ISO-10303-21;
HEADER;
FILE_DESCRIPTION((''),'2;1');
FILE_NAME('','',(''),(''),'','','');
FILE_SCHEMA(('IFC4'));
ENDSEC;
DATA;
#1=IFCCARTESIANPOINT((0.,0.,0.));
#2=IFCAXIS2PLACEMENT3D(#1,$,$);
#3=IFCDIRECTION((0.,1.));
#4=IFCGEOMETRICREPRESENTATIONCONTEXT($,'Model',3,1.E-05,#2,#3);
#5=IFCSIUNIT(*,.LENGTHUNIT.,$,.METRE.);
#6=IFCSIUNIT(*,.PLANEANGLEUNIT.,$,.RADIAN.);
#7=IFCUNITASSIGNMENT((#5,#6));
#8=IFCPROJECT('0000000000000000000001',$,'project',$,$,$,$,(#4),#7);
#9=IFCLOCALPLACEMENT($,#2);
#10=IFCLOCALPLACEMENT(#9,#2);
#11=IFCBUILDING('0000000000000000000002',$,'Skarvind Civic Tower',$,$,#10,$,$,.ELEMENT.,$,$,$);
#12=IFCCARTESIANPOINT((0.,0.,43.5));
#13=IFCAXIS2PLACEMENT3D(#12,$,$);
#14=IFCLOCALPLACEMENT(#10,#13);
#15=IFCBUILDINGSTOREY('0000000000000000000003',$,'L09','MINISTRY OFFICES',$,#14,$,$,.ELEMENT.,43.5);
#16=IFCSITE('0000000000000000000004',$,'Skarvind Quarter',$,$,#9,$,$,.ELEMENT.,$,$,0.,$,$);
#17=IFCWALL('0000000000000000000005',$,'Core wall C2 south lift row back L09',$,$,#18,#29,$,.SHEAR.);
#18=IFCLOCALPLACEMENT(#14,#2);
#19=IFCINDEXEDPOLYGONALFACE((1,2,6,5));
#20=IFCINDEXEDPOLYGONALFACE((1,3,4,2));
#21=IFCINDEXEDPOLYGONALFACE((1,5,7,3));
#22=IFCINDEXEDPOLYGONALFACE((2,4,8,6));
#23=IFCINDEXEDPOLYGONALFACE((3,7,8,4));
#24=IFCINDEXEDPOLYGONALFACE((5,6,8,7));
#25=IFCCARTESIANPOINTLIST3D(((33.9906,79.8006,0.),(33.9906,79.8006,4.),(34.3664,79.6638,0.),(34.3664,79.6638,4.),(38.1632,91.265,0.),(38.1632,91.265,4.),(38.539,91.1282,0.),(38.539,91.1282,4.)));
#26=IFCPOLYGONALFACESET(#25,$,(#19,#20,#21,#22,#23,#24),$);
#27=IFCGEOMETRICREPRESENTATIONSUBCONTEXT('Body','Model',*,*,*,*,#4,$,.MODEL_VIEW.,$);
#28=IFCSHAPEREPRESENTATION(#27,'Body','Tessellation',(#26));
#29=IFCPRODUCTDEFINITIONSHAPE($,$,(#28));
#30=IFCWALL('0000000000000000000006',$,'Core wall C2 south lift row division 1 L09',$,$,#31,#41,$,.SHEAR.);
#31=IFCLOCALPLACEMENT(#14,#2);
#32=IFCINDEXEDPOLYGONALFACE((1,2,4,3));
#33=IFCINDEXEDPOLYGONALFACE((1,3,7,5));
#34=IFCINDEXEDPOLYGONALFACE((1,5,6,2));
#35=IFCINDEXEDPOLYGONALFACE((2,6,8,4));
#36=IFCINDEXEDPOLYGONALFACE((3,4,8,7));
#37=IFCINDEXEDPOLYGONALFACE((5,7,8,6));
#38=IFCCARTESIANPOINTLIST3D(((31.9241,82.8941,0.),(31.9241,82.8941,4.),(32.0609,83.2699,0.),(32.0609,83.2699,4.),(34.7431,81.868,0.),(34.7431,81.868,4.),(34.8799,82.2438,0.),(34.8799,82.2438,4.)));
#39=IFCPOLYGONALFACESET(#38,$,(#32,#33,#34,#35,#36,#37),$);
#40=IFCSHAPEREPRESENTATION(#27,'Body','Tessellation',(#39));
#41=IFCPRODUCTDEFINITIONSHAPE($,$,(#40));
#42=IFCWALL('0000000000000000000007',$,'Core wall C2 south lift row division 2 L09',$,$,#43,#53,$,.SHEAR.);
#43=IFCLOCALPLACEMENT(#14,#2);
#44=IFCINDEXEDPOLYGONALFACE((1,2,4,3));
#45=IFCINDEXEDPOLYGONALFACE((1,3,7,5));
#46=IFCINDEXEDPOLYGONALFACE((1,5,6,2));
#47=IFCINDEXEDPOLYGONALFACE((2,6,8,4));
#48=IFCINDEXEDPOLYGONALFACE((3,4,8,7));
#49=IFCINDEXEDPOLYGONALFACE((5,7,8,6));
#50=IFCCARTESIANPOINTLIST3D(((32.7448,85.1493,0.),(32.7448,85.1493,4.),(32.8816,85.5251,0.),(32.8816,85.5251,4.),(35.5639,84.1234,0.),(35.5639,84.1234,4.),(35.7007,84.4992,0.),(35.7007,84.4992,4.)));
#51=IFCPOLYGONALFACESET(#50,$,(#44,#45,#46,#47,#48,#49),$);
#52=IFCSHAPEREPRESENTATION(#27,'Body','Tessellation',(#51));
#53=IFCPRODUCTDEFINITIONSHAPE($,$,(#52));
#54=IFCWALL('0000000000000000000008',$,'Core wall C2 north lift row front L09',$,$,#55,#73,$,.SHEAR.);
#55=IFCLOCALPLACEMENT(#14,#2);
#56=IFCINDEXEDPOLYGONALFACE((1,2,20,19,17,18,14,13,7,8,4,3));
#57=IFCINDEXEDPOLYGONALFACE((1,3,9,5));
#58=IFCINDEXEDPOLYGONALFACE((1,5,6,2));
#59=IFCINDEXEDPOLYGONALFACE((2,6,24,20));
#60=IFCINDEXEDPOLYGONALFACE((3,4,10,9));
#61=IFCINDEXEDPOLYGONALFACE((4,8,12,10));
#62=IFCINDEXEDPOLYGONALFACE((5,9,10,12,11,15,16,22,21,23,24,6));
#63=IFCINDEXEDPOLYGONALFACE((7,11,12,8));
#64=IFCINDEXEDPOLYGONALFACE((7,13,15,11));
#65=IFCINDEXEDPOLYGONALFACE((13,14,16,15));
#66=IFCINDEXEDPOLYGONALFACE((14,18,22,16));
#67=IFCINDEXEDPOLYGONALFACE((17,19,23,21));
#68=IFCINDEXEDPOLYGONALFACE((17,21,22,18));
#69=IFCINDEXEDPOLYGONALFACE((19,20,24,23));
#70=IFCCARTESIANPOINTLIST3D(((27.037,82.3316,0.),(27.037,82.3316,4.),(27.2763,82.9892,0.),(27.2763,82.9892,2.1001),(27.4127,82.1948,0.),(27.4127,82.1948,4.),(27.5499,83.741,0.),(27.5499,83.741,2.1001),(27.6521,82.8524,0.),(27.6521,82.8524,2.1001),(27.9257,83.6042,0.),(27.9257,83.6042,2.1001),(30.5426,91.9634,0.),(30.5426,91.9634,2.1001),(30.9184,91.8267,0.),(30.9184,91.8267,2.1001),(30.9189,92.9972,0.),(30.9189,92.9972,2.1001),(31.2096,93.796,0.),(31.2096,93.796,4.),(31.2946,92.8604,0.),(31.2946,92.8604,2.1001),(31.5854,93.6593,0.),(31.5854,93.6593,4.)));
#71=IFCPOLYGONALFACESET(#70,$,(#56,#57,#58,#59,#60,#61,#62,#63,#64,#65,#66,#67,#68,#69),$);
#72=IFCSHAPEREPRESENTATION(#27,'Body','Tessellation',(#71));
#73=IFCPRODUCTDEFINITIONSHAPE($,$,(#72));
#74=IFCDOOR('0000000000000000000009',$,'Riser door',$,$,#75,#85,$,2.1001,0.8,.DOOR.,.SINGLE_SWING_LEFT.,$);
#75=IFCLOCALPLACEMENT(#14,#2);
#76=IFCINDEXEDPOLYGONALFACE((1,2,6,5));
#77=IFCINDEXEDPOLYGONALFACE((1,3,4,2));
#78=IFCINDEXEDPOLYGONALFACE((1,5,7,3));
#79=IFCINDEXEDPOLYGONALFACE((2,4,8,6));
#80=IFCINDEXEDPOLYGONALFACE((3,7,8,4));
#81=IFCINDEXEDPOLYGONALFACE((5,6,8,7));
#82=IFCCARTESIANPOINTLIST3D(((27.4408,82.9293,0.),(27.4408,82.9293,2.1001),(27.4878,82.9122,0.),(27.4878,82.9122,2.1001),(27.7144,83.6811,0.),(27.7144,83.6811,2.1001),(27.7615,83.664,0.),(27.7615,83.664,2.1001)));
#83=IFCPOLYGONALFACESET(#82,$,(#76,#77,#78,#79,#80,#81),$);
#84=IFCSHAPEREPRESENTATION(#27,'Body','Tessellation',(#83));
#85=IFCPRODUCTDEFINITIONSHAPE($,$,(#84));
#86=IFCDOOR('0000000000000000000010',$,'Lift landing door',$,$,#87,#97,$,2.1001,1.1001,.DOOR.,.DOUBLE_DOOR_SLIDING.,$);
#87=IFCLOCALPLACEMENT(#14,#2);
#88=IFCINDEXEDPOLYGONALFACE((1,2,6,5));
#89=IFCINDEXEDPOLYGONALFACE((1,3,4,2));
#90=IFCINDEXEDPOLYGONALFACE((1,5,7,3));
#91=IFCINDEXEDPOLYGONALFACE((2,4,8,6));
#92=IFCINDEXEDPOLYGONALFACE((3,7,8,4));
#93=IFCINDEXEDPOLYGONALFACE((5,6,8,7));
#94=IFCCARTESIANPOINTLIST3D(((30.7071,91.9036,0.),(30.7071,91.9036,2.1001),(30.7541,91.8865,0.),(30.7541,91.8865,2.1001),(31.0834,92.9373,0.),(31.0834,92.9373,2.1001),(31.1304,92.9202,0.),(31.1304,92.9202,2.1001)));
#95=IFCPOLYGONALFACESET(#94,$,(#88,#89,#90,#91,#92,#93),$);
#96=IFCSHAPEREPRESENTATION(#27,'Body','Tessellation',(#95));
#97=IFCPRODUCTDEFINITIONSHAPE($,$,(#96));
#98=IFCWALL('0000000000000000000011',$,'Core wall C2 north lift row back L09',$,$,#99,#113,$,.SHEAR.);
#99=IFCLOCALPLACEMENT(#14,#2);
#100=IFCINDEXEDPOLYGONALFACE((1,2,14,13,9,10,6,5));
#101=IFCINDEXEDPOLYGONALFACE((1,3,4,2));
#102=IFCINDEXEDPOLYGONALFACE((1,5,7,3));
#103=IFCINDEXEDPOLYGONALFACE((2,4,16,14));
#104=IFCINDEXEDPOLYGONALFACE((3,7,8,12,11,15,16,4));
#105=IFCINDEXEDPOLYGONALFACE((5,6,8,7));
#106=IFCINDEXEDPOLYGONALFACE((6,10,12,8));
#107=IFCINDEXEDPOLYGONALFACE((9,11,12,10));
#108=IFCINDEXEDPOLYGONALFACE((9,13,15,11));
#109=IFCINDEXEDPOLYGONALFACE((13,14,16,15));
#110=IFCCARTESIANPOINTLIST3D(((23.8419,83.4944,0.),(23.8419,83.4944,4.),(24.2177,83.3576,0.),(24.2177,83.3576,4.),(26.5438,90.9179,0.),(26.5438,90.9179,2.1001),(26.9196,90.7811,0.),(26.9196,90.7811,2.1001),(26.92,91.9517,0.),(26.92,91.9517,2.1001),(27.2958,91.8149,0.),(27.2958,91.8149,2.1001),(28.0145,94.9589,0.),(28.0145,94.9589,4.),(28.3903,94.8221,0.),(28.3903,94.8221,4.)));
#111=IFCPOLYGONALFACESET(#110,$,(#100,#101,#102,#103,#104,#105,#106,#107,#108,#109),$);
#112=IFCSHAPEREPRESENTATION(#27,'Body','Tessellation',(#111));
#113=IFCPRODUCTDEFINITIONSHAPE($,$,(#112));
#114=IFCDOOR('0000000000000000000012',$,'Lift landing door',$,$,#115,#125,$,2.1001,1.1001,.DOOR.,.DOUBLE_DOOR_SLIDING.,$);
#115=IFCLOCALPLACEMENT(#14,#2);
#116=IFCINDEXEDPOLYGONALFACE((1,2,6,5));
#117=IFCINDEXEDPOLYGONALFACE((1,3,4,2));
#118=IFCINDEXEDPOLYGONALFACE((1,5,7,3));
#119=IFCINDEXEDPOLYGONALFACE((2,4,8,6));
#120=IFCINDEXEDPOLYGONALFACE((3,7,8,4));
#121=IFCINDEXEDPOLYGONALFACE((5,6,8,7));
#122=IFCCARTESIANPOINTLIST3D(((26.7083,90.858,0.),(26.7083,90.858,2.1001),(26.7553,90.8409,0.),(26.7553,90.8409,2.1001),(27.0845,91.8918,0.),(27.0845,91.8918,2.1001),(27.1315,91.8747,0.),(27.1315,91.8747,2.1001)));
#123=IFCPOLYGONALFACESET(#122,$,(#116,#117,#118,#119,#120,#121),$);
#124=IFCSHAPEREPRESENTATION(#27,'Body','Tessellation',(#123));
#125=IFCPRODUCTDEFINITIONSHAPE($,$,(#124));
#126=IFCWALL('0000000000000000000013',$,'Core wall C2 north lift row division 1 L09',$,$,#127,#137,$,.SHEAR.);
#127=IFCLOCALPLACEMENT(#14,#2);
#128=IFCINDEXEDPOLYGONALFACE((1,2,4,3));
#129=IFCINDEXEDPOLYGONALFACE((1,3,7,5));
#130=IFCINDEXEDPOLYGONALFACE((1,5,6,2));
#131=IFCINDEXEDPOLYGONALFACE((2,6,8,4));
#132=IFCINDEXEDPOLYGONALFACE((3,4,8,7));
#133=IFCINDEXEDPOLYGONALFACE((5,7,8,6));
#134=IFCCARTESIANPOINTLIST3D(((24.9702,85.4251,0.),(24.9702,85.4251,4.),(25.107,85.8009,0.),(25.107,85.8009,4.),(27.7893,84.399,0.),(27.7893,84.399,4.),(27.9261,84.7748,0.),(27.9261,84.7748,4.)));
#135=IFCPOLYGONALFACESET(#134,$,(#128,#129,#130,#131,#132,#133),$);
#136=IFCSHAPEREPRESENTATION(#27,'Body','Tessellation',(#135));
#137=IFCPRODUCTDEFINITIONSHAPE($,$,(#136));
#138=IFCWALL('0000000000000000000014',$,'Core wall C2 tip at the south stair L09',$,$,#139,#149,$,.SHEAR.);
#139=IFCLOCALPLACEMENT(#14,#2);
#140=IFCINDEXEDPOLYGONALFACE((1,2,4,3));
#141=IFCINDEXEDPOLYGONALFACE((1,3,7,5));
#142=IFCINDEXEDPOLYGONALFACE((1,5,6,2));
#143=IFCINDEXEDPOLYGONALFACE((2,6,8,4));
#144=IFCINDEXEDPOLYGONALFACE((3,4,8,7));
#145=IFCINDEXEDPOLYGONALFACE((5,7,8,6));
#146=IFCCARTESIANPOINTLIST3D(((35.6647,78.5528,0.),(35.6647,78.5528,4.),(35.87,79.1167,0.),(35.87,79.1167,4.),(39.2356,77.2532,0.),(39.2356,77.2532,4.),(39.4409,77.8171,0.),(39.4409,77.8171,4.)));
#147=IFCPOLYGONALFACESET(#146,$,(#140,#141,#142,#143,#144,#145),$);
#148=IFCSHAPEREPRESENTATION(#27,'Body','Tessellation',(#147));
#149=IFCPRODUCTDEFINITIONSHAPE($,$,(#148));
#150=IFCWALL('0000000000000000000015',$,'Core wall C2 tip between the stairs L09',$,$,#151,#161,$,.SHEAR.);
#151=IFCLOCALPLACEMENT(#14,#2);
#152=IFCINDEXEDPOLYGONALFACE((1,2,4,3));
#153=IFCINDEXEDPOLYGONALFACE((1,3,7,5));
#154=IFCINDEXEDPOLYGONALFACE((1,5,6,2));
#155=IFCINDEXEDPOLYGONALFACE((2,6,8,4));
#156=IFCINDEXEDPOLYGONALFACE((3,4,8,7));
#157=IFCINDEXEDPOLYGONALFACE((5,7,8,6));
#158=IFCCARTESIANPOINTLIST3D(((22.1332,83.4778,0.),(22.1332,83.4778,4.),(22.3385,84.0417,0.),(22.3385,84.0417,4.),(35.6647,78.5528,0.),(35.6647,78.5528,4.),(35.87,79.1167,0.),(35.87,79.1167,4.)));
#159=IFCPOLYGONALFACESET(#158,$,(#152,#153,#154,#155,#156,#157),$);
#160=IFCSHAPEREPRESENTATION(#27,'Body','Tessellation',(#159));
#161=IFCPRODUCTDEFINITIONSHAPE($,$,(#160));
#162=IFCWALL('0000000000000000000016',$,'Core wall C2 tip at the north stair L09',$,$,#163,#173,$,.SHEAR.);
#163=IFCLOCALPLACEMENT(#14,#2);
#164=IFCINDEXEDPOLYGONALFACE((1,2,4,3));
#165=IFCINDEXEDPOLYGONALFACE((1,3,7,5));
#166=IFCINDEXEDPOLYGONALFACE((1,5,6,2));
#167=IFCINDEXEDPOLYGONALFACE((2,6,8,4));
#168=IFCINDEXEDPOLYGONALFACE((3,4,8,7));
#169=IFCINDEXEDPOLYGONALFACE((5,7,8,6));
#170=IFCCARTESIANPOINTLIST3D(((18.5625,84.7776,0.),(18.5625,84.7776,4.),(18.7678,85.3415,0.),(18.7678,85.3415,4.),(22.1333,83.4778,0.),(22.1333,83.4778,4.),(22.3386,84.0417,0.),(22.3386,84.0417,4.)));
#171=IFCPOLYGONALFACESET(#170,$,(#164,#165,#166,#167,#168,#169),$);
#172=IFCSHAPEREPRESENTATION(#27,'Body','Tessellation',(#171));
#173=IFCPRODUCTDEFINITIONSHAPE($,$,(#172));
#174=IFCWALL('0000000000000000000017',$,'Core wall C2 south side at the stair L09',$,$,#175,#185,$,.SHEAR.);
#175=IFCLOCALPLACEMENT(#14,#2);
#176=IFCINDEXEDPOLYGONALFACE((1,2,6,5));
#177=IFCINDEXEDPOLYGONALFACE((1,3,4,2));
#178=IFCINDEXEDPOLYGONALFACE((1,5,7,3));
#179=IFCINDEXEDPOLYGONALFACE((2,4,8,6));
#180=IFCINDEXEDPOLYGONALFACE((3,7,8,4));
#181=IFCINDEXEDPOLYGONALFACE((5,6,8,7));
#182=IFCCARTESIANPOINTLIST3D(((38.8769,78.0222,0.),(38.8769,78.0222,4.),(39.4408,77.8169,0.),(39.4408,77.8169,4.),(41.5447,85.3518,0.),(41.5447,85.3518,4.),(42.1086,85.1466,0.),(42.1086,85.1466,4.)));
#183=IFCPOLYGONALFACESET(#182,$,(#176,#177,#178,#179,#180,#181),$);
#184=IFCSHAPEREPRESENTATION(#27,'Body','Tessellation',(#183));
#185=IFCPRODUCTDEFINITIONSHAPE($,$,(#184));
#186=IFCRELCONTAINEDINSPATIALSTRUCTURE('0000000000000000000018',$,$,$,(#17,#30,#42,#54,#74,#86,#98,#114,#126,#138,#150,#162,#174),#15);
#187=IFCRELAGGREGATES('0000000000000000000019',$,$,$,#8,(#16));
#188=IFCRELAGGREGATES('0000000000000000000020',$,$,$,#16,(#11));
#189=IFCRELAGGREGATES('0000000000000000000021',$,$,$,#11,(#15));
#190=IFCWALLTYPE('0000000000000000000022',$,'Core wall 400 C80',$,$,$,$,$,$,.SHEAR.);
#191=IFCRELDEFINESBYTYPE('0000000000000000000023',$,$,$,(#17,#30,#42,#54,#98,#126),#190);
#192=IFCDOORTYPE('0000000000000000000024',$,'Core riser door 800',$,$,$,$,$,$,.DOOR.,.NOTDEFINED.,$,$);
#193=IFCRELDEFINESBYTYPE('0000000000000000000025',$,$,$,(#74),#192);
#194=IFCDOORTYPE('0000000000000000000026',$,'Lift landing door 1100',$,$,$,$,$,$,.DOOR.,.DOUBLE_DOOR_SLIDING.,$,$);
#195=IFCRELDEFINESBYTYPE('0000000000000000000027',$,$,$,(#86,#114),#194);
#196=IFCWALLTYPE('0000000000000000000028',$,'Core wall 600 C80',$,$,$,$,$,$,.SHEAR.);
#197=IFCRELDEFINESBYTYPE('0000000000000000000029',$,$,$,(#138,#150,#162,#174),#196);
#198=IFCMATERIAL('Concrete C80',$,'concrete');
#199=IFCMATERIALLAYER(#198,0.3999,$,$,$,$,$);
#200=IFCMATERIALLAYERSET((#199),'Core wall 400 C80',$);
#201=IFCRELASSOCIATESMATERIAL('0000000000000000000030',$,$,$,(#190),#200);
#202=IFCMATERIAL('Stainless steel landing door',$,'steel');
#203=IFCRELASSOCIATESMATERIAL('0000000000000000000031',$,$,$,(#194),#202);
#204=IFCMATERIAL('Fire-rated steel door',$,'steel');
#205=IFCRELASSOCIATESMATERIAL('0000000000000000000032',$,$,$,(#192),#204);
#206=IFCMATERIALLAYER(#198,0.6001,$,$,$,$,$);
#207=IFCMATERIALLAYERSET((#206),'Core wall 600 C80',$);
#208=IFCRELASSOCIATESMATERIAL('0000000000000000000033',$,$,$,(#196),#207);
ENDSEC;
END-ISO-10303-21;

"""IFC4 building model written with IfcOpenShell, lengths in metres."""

from ifc_helpers import new_model, si_unit, direction, frame, frame_2d, origin, place, context, subcontext, project, spatial, rectangle, extrude, material, layer, layer_set, type_object, element, fill, save


model = new_model("IFC4")

# Units and contexts
model_context = context("Model", 3, precision=1e-05, world=origin(), true_north=direction((0.0, 1.0)))
body_context = subcontext(model_context, "Body", "Model", "MODEL_VIEW")
ifc_project = project(units=[si_unit("LENGTHUNIT", "METRE"), si_unit("PLANEANGLEUNIT", "RADIAN")], contexts=[model_context])

# Site, building, storey
site_placement = place(None, origin())
site = spatial("IfcSite", under=ifc_project, at=site_placement, Name="Skarvind Quarter", CompositionType="ELEMENT", RefElevation=0.0)
building_placement = place(site_placement, origin())
building = spatial("IfcBuilding", under=site, at=building_placement, Name="Skarvind Civic Tower", CompositionType="ELEMENT")
storey_placement = place(building_placement, frame((0.0, 0.0, 43.5)))
storey = spatial("IfcBuildingStorey", under=building, at=storey_placement, Name="L09", Description="MINISTRY OFFICES", CompositionType="ELEMENT", Elevation=43.5)

# Shared definitions
ifc_material_1 = material(Name="Concrete C80", Category="concrete")
ifc_layer_1 = layer(ifc_material_1, 0.3999)
ifc_layer_set_1 = layer_set([ifc_layer_1], Name="Core wall 400 C80")
wall_type_1 = type_object("IfcWallType", Name="Core wall 400 C80", PredefinedType="SHEAR", material=ifc_layer_set_1)

# Shared definitions
ifc_material_2 = material(Name="Fire-rated steel door", Category="steel")

# Shared definitions
ifc_material_3 = material(Name="Stainless steel landing door", Category="steel")
door_type_1 = type_object("IfcDoorType", Name="Lift landing door 1100", OperationType="DOUBLE_DOOR_SLIDING", PredefinedType="DOOR", material=ifc_material_3)

# Walls
wall_1_placement = place(storey_placement, frame((34.1785, 79.7322, 0.0), z_axis=(0.0, 0.0, 1.0), x_axis=(0.342015, 0.939695, 0.0)))
element("IfcWall", 1, at=wall_1_placement, inside=storey, type_object=wall_type_1, Name="Core wall C2 south lift row back L09", PredefinedType="SHEAR", context=body_context, shape_type="SweptSolid", body=[
    extrude(rectangle(XDim=12.2002, YDim=0.3999, at=frame_2d((6.1001, 0.0))), origin(), (0.0, 0.0, 1.0), 4.0),
])
for number, where, z_axis, x_axis, name in (
    (2, (34.8115, 82.0559, 0.0), (0.0, 0.0, 1.0), (-0.939686, 0.342037, 0.0), "Core wall C2 south lift row division 1 L09"),
    (3, (35.6323, 84.3113, 0.0), (0.0, 0.0, 1.0), (-0.939713, 0.341965, 0.0), "Core wall C2 south lift row division 2 L09"),
):
    element("IfcWall", number, at=place(storey_placement, frame(where, z_axis=z_axis, x_axis=x_axis)), inside=storey, type_object=wall_type_1, Name=name, PredefinedType="SHEAR", context=body_context, shape_type="SweptSolid", body=[
        extrude(rectangle(XDim=3.0, YDim=0.3999, at=frame_2d((1.5, 0.0))), origin(), (0.0, 0.0, 1.0), 4.0),
    ])

# Wall, openings, doors
wall_2_placement = place(storey_placement, frame((27.2249, 82.2632, 0.0), z_axis=(0.0, 0.0, 1.0), x_axis=(0.342015, 0.939695, 0.0)))
wall_2 = element("IfcWall", 4, at=wall_2_placement, inside=storey, type_object=wall_type_1, Name="Core wall C2 north lift row front L09", PredefinedType="SHEAR", context=body_context, shape_type="SweptSolid", body=[
    extrude(rectangle(XDim=12.2002, YDim=0.3999, at=frame_2d((6.1001, 0.0))), origin(), (0.0, 0.0, 1.0), 4.0),
])
opening_1_placement = place(wall_2_placement, frame((10.25, 0.0, 0.0)))
opening_1 = element("IfcOpeningElement", 5, at=opening_1_placement, cuts=wall_2, PredefinedType="OPENING", context=body_context, shape_type="SweptSolid", body=[
    extrude(rectangle(XDim=1.1001, YDim=2.1001, at=frame_2d((0.55, 1.05))), frame((0.0, 0.21, 0.0), z_axis=(0.0, -1.0, 0.0), x_axis=(1.0, 0.0, 0.0)), (0.0, 0.0, 1.0), 0.4199),
])
opening_2_placement = place(wall_2_placement, frame((0.7, 0.0, 0.0)))
opening_2 = element("IfcOpeningElement", 6, at=opening_2_placement, cuts=wall_2, PredefinedType="OPENING", context=body_context, shape_type="SweptSolid", body=[
    extrude(rectangle(XDim=0.8, YDim=2.1001, at=frame_2d((0.3999, 1.05))), frame((0.0, 0.21, 0.0), z_axis=(0.0, -1.0, 0.0), x_axis=(1.0, 0.0, 0.0)), (0.0, 0.0, 1.0), 0.4199),
])
door_type_2 = type_object("IfcDoorType", Name="Core riser door 800", OperationType="NOTDEFINED", PredefinedType="DOOR", material=ifc_material_2)
door_1_placement = place(opening_2_placement, origin())
door_1 = element("IfcDoor", 7, at=door_1_placement, inside=storey, type_object=door_type_2, Name="Riser door", OperationType="SINGLE_SWING_LEFT", OverallHeight=2.1001, OverallWidth=0.8, PredefinedType="DOOR", context=body_context, shape_type="SweptSolid", body=[
    extrude(rectangle(XDim=0.8, YDim=2.1001, at=frame_2d((0.3999, 1.05))), frame((0.0, 0.0249, 0.0), z_axis=(0.0, -1.0, 0.0), x_axis=(1.0, 0.0, 0.0)), (0.0, 0.0, 1.0), 0.05),
])
fill(opening_2, door_1)
door_2_placement = place(opening_1_placement, origin())
door_2 = element("IfcDoor", 8, at=door_2_placement, inside=storey, type_object=door_type_1, Name="Lift landing door", OperationType="DOUBLE_DOOR_SLIDING", OverallHeight=2.1001, OverallWidth=1.1001, PredefinedType="DOOR", context=body_context, shape_type="SweptSolid", body=[
    extrude(rectangle(XDim=1.1001, YDim=2.1001, at=frame_2d((0.55, 1.05))), frame((0.0, 0.0249, 0.0), z_axis=(0.0, -1.0, 0.0), x_axis=(1.0, 0.0, 0.0)), (0.0, 0.0, 1.0), 0.05),
])
fill(opening_1, door_2)

# Wall, opening, door
wall_3_placement = place(storey_placement, frame((24.0298, 83.426, 0.0), z_axis=(0.0, 0.0, 1.0), x_axis=(0.342015, 0.939695, 0.0)))
wall_3 = element("IfcWall", 9, at=wall_3_placement, inside=storey, type_object=wall_type_1, Name="Core wall C2 north lift row back L09", PredefinedType="SHEAR", context=body_context, shape_type="SweptSolid", body=[
    extrude(rectangle(XDim=12.2002, YDim=0.3999, at=frame_2d((6.1001, 0.0))), origin(), (0.0, 0.0, 1.0), 4.0),
])
opening_3_placement = place(wall_3_placement, frame((7.8999, 0.0, 0.0)))
opening_3 = element("IfcOpeningElement", 10, at=opening_3_placement, cuts=wall_3, PredefinedType="OPENING", context=body_context, shape_type="SweptSolid", body=[
    extrude(rectangle(XDim=1.1001, YDim=2.1001, at=frame_2d((0.55, 1.05))), frame((0.0, 0.21, 0.0), z_axis=(0.0, -1.0, 0.0), x_axis=(1.0, 0.0, 0.0)), (0.0, 0.0, 1.0), 0.4199),
])
door_3_placement = place(opening_3_placement, origin())
door_3 = element("IfcDoor", 11, at=door_3_placement, inside=storey, type_object=door_type_1, Name="Lift landing door", OperationType="DOUBLE_DOOR_SLIDING", OverallHeight=2.1001, OverallWidth=1.1001, PredefinedType="DOOR", context=body_context, shape_type="SweptSolid", body=[
    extrude(rectangle(XDim=1.1001, YDim=2.1001, at=frame_2d((0.55, 1.05))), frame((0.0, 0.0249, 0.0), z_axis=(0.0, -1.0, 0.0), x_axis=(1.0, 0.0, 0.0)), (0.0, 0.0, 1.0), 0.05),
])
fill(opening_3, door_3)

# Walls
wall_4_placement = place(storey_placement, frame((27.8577, 84.5869, 0.0), z_axis=(0.0, 0.0, 1.0), x_axis=(-0.939686, 0.342037, 0.0)))
element("IfcWall", 12, at=wall_4_placement, inside=storey, type_object=wall_type_1, Name="Core wall C2 north lift row division 1 L09", PredefinedType="SHEAR", context=body_context, shape_type="SweptSolid", body=[
    extrude(rectangle(XDim=3.0, YDim=0.3999, at=frame_2d((1.5, 0.0))), origin(), (0.0, 0.0, 1.0), 4.0),
])
ifc_layer_2 = layer(ifc_material_1, 0.6001)
ifc_layer_set_2 = layer_set([ifc_layer_2], Name="Core wall 600 C80")
wall_type_2 = type_object("IfcWallType", Name="Core wall 600 C80", PredefinedType="SHEAR", material=ifc_layer_set_2)
wall_5_placement = place(storey_placement, frame((39.3381, 77.5352, 0.0), z_axis=(0.0, 0.0, 1.0), x_axis=(-0.939701, 0.341996, 0.0)))
element("IfcWall", 13, at=wall_5_placement, inside=storey, type_object=wall_type_2, Name="Core wall C2 tip at the south stair L09", PredefinedType="SHEAR", context=body_context, shape_type="SweptSolid", body=[
    extrude(rectangle(XDim=3.8, YDim=0.6001, at=frame_2d((1.8999, 0.0))), origin(), (0.0, 0.0, 1.0), 4.0),
])
wall_6_placement = place(storey_placement, frame((35.7673, 78.8347, 0.0), z_axis=(0.0, 0.0, 1.0), x_axis=(-0.939693, 0.342019, 0.0)))
element("IfcWall", 14, at=wall_6_placement, inside=storey, type_object=wall_type_2, Name="Core wall C2 tip between the stairs L09", PredefinedType="SHEAR", context=body_context, shape_type="SweptSolid", body=[
    extrude(rectangle(XDim=14.3999, YDim=0.6001, at=frame_2d((7.2, 0.0))), origin(), (0.0, 0.0, 1.0), 4.0),
])
wall_7_placement = place(storey_placement, frame((22.2358, 83.7598, 0.0), z_axis=(0.0, 0.0, 1.0), x_axis=(-0.939681, 0.342053, 0.0)))
element("IfcWall", 15, at=wall_7_placement, inside=storey, type_object=wall_type_2, Name="Core wall C2 tip at the north stair L09", PredefinedType="SHEAR", context=body_context, shape_type="SweptSolid", body=[
    extrude(rectangle(XDim=3.8, YDim=0.6001, at=frame_2d((1.8999, 0.0))), origin(), (0.0, 0.0, 1.0), 4.0),
])
for number, where, z_axis, x_axis, name in (
    (16, (39.1589, 77.9197, 0.0), (0.0, 0.0, 1.0), (0.342017, 0.939694, 0.0), "Core wall C2 south side at the stair L09"),
):
    element("IfcWall", number, at=place(storey_placement, frame(where, z_axis=z_axis, x_axis=x_axis)), inside=storey, type_object=wall_type_2, Name=name, PredefinedType="SHEAR", context=body_context, shape_type="SweptSolid", body=[
        extrude(rectangle(XDim=7.8, YDim=0.6001, at=frame_2d((3.8999, 0.0))), origin(), (0.0, 0.0, 1.0), 4.0),
    ])

save(model, "model.ifc")
